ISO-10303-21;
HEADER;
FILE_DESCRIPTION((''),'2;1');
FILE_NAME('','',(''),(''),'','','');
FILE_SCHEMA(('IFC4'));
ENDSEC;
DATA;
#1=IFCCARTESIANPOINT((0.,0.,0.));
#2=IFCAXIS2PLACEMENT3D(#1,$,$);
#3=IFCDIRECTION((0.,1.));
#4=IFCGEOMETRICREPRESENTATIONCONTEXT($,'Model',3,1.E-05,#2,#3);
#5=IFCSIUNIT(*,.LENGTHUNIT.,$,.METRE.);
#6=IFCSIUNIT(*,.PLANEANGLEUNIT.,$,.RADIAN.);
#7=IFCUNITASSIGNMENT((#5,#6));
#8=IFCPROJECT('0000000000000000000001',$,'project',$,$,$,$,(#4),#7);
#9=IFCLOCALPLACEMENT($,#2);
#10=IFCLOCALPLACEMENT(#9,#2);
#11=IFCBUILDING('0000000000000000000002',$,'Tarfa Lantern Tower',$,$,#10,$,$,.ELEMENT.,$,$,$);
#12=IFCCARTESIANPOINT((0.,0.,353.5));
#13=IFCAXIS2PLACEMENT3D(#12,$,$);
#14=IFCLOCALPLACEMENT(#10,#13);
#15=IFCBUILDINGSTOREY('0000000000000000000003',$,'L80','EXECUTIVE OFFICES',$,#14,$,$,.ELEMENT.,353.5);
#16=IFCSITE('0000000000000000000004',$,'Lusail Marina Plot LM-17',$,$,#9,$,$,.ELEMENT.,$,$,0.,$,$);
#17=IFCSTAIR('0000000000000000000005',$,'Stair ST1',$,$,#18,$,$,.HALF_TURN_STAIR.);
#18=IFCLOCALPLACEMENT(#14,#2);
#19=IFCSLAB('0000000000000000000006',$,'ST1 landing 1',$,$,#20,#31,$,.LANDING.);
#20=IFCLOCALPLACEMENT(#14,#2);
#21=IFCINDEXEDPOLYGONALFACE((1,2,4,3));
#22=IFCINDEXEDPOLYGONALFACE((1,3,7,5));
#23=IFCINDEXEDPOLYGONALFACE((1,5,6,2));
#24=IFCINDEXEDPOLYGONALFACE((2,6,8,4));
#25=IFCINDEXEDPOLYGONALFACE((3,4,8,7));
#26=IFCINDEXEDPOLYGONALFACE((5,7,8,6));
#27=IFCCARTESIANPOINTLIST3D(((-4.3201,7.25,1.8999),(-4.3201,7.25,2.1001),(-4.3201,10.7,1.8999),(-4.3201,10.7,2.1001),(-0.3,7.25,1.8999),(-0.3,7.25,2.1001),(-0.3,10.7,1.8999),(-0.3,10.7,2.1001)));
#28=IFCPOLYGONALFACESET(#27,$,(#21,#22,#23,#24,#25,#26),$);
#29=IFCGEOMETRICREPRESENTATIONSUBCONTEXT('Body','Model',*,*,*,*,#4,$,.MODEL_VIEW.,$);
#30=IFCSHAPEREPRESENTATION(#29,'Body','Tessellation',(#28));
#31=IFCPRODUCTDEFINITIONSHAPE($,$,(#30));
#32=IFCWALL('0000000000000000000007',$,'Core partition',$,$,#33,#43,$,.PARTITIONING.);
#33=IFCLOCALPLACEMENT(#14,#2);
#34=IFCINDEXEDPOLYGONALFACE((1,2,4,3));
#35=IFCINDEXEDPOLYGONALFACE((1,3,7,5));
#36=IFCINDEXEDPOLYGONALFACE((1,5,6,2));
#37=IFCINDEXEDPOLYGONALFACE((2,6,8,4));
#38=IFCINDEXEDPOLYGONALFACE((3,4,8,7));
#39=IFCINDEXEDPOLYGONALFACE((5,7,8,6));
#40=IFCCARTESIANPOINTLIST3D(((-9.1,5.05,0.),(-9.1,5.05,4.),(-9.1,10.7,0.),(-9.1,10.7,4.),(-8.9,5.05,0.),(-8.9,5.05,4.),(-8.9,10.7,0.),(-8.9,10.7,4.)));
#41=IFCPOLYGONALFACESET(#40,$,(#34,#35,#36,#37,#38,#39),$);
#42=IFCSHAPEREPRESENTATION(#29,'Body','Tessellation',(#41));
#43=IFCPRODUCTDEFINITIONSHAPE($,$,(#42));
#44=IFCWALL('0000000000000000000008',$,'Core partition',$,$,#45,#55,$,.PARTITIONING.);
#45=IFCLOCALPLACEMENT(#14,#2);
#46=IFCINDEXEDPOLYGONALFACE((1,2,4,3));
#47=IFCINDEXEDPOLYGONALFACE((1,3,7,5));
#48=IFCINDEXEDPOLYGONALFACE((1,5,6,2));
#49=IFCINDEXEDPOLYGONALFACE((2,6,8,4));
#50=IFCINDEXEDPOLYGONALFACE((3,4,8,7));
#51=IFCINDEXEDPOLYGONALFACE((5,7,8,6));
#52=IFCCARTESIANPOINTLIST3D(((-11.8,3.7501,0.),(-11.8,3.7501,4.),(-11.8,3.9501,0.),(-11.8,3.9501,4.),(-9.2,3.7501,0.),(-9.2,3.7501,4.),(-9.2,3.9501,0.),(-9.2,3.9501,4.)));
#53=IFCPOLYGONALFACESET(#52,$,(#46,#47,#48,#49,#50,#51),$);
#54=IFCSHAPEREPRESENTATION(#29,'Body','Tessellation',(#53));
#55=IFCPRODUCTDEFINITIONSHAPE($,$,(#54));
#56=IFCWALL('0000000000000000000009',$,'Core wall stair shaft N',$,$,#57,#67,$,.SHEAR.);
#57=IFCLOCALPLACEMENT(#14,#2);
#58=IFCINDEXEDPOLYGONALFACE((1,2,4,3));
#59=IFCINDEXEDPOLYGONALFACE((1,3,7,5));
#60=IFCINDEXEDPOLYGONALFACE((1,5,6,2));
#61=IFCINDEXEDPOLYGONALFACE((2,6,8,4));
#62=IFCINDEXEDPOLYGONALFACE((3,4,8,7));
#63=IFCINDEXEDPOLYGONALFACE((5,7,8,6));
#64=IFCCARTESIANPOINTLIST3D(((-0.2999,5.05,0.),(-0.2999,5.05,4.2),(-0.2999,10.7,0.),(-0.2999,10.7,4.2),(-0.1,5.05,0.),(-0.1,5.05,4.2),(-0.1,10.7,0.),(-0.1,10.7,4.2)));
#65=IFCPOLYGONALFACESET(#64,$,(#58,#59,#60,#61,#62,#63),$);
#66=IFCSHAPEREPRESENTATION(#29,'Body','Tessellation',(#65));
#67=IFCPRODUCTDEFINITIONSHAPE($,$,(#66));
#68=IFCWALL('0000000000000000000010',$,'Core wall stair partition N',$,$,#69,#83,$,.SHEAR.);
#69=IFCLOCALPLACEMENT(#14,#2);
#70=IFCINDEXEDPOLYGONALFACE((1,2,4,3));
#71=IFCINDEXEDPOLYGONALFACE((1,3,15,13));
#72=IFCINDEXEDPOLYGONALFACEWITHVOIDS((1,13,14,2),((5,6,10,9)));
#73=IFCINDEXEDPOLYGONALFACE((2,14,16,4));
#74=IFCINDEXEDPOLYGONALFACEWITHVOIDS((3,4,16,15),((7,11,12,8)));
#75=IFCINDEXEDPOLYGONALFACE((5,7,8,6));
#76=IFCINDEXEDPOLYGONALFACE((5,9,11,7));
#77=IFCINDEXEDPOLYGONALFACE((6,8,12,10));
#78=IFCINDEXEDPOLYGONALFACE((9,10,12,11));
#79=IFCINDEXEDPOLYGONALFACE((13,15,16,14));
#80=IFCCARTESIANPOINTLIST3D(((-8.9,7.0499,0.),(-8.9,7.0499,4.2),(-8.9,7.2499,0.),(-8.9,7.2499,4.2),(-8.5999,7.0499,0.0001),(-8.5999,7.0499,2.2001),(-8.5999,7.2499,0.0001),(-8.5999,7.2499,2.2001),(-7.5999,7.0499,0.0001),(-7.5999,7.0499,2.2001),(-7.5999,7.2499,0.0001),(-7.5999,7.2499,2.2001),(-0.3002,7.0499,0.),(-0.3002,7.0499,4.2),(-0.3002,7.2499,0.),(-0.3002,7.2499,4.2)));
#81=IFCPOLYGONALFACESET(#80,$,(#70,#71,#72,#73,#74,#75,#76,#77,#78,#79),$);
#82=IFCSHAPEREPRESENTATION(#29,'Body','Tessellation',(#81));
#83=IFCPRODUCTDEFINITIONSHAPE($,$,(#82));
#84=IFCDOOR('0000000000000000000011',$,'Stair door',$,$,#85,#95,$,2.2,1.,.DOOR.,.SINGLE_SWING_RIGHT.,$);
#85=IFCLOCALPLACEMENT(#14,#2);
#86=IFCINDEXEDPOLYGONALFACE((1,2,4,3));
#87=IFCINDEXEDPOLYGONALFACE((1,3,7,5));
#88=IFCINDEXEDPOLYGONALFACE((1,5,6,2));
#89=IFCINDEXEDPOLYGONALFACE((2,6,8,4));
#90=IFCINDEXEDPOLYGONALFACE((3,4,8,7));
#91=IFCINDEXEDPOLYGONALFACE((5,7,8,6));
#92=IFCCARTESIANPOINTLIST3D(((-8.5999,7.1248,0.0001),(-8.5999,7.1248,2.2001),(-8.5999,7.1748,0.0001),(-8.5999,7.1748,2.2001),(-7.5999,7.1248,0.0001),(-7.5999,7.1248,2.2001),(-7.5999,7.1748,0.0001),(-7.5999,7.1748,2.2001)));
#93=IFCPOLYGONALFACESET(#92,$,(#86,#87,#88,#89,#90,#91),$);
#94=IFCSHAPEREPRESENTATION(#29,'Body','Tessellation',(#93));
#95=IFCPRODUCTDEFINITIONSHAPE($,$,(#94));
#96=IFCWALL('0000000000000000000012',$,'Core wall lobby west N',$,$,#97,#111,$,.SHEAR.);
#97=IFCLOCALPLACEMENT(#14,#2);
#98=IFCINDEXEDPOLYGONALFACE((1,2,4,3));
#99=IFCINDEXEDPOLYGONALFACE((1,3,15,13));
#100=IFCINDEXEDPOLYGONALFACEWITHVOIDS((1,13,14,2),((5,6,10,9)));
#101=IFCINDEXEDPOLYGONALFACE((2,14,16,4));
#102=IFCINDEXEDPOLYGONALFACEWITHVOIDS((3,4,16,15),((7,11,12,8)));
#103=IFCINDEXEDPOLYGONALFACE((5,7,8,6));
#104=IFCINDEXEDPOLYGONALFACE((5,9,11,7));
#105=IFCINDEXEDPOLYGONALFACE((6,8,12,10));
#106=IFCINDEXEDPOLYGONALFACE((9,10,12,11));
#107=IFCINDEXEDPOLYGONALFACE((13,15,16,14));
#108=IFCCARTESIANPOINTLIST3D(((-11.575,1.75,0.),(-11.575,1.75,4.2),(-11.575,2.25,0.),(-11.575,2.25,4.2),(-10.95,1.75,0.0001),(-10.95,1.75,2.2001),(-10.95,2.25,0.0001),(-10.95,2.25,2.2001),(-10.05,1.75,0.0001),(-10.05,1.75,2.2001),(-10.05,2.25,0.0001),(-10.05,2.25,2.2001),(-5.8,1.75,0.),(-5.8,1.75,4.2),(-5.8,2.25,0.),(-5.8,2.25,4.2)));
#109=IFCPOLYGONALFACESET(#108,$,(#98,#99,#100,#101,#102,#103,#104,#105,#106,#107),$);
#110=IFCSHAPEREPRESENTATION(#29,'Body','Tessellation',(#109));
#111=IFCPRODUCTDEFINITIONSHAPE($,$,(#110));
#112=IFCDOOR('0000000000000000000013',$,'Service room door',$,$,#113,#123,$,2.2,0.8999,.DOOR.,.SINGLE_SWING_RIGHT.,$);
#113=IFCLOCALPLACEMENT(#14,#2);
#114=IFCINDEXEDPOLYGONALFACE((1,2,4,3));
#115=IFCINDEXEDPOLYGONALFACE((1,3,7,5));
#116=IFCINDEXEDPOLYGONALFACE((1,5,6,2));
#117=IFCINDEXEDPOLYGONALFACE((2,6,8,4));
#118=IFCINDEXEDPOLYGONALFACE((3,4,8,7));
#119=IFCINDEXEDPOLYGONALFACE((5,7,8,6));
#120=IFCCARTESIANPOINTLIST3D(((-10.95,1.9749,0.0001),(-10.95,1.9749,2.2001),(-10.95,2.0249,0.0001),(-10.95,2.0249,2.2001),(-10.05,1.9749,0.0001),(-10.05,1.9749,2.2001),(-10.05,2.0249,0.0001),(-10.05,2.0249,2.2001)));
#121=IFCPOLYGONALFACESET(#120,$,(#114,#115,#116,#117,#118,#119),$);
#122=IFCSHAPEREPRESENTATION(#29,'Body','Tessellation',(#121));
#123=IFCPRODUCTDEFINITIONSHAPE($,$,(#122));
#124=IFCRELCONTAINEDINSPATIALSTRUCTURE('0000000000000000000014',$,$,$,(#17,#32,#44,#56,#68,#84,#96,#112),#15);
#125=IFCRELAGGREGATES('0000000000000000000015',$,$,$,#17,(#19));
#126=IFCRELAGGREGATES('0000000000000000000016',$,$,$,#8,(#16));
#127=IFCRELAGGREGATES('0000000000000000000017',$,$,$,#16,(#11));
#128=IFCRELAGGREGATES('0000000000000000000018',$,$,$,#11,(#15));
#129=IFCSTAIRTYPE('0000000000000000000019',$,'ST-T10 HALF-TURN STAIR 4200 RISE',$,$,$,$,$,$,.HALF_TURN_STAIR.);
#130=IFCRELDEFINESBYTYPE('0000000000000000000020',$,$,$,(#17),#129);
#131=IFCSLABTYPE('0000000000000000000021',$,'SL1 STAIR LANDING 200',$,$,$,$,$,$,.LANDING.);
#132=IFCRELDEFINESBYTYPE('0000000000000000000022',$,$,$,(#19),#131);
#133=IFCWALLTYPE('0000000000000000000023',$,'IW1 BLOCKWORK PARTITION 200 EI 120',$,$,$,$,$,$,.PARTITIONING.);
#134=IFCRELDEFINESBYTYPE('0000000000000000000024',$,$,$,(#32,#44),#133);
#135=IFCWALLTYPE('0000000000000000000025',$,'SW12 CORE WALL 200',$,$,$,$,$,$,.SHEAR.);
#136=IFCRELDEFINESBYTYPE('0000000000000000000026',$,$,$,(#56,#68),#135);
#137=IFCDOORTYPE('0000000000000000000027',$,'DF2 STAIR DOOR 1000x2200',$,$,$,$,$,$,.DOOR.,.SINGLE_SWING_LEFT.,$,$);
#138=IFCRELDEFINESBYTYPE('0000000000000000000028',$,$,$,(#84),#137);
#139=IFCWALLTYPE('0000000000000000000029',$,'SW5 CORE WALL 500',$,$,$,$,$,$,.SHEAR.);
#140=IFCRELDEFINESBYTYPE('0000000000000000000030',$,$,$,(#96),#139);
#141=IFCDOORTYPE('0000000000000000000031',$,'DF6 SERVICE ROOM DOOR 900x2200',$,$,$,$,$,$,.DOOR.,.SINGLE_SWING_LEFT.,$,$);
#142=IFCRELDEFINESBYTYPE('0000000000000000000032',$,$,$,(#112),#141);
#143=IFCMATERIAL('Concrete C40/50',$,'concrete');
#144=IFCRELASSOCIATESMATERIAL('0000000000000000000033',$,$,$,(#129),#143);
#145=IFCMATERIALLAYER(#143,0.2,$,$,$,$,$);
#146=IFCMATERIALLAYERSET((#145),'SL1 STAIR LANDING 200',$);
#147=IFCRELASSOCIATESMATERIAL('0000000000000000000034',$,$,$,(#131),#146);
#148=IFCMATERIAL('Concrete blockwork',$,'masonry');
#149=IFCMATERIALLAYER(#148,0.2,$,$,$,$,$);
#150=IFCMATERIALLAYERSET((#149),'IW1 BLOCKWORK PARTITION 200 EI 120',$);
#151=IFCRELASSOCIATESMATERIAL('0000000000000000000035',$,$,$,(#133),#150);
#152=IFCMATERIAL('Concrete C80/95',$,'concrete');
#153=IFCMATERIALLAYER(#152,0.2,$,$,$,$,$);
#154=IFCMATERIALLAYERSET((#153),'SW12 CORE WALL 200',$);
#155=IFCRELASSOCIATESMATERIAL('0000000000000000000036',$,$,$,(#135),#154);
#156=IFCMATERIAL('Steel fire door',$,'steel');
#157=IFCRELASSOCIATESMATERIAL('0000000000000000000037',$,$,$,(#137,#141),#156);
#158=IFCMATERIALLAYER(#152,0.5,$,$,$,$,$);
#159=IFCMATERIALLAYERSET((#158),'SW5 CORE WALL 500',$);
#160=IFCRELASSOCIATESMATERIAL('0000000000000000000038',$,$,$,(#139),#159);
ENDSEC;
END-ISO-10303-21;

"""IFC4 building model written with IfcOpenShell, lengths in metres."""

from ifc_helpers import new_model, si_unit, direction, frame, frame_2d, origin, place, context, subcontext, project, spatial, polyline, rectangle, outline, extrude, material, layer, layer_set, type_object, element, fill, aggregate, save


model = new_model("IFC4")

# Units and contexts
model_context = context("Model", 3, precision=1e-05, world=origin(), true_north=direction((0.0, 1.0)))
body_context = subcontext(model_context, "Body", "Model", "MODEL_VIEW")
ifc_project = project(units=[si_unit("LENGTHUNIT", "METRE"), si_unit("PLANEANGLEUNIT", "RADIAN")], contexts=[model_context])

# Site, building, storey
site_placement = place(None, origin())
site = spatial("IfcSite", under=ifc_project, at=site_placement, Name="Lusail Marina Plot LM-17", CompositionType="ELEMENT", RefElevation=0.0)
building_placement = place(site_placement, origin())
building = spatial("IfcBuilding", under=site, at=building_placement, Name="Tarfa Lantern Tower", CompositionType="ELEMENT")
storey_placement = place(building_placement, frame((0.0, 0.0, 353.5)))
storey = spatial("IfcBuildingStorey", under=building, at=storey_placement, Name="L80", Description="EXECUTIVE OFFICES", CompositionType="ELEMENT", Elevation=353.5)

# Stair, slab
ifc_material_1 = material(Name="Concrete C40/50", Category="concrete")
stair_type = type_object("IfcStairType", Name="ST-T10 HALF-TURN STAIR 4200 RISE", PredefinedType="HALF_TURN_STAIR", material=ifc_material_1)
stair_placement = place(storey_placement, origin())
stair = element("IfcStair", 1, at=stair_placement, inside=storey, type_object=stair_type, Name="Stair ST1", PredefinedType="HALF_TURN_STAIR")
ifc_layer_1 = layer(ifc_material_1, 0.2)
ifc_layer_set_1 = layer_set([ifc_layer_1], Name="SL1 STAIR LANDING 200")
slab_type = type_object("IfcSlabType", Name="SL1 STAIR LANDING 200", PredefinedType="LANDING", material=ifc_layer_set_1)
slab_placement = place(storey_placement, frame((0.0, 0.0, 1.8999)))
slab = element("IfcSlab", 2, at=slab_placement, type_object=slab_type, Name="ST1 landing 1", PredefinedType="LANDING", context=body_context, shape_type="SweptSolid", body=[
    extrude(outline(polyline([(-4.3201, 7.25), (-0.3, 7.25), (-0.3, 10.7), (-4.3201, 10.7), (-4.3201, 7.25)])), origin(), (0.0, 0.0, 1.0), 0.2002),
])
aggregate(stair, [slab])

# Walls
ifc_material_2 = material(Name="Concrete blockwork", Category="masonry")
ifc_layer_2 = layer(ifc_material_2, 0.2)
ifc_layer_set_2 = layer_set([ifc_layer_2], Name="IW1 BLOCKWORK PARTITION 200 EI 120")
wall_type_1 = type_object("IfcWallType", Name="IW1 BLOCKWORK PARTITION 200 EI 120", PredefinedType="PARTITIONING", material=ifc_layer_set_2)
wall_1_placement = place(storey_placement, frame((-9.0, 5.05, 0.0), z_axis=(0.0, 0.0, 1.0), x_axis=(0.0, 1.0, 0.0)))
element("IfcWall", 3, at=wall_1_placement, inside=storey, type_object=wall_type_1, Name="Core partition", PredefinedType="PARTITIONING", context=body_context, shape_type="SweptSolid", body=[
    extrude(rectangle(XDim=5.6499, YDim=0.2, at=frame_2d((2.825, 0.0))), origin(), (0.0, 0.0, 1.0), 4.0),
])
wall_2_placement = place(storey_placement, frame((-11.8, 3.8501, 0.0), z_axis=(0.0, 0.0, 1.0), x_axis=(1.0, 0.0, 0.0)))
element("IfcWall", 4, at=wall_2_placement, inside=storey, type_object=wall_type_1, Name="Core partition", PredefinedType="PARTITIONING", context=body_context, shape_type="SweptSolid", body=[
    extrude(rectangle(XDim=2.6001, YDim=0.2, at=frame_2d((1.3, 0.0))), origin(), (0.0, 0.0, 1.0), 4.0),
])
ifc_material_3 = material(Name="Concrete C80/95", Category="concrete")
ifc_layer_3 = layer(ifc_material_3, 0.2)
ifc_layer_set_3 = layer_set([ifc_layer_3], Name="SW12 CORE WALL 200")
wall_type_2 = type_object("IfcWallType", Name="SW12 CORE WALL 200", PredefinedType="SHEAR", material=ifc_layer_set_3)
wall_3_placement = place(storey_placement, frame((-0.2, 5.05, 0.0), z_axis=(0.0, 0.0, 1.0), x_axis=(0.0, 1.0, 0.0)))
element("IfcWall", 5, at=wall_3_placement, inside=storey, type_object=wall_type_2, Name="Core wall stair shaft N", PredefinedType="SHEAR", context=body_context, shape_type="SweptSolid", body=[
    extrude(rectangle(XDim=5.6499, YDim=0.2, at=frame_2d((2.825, 0.0))), origin(), (0.0, 0.0, 1.0), 4.2),
])

# Walls, openings, doors
wall_4_placement = place(storey_placement, frame((-8.8999, 7.1499, 0.0), z_axis=(0.0, 0.0, 1.0), x_axis=(1.0, 0.0, 0.0)))
wall_4 = element("IfcWall", 6, at=wall_4_placement, inside=storey, type_object=wall_type_2, Name="Core wall stair partition N", PredefinedType="SHEAR", context=body_context, shape_type="SweptSolid", body=[
    extrude(rectangle(XDim=8.5999, YDim=0.2, at=frame_2d((4.2998, 0.0))), origin(), (0.0, 0.0, 1.0), 4.2),
])
opening_1_placement = place(wall_4_placement, frame((0.3, 0.0, 0.0)))
opening_1 = element("IfcOpeningElement", 7, at=opening_1_placement, cuts=wall_4, PredefinedType="OPENING", context=body_context, shape_type="SweptSolid", body=[
    extrude(rectangle(XDim=1.0, YDim=2.2, at=frame_2d((0.5, 1.1001))), frame((0.0, 0.1099, 0.0), z_axis=(0.0, -1.0, 0.0), x_axis=(1.0, 0.0, 0.0)), (0.0, 0.0, 1.0), 0.22),
])
ifc_material_4 = material(Name="Steel fire door", Category="steel")
door_type_1 = type_object("IfcDoorType", Name="DF2 STAIR DOOR 1000x2200", OperationType="SINGLE_SWING_LEFT", PredefinedType="DOOR", material=ifc_material_4)
door_1_placement = place(opening_1_placement, origin())
door_1 = element("IfcDoor", 8, at=door_1_placement, inside=storey, type_object=door_type_1, Name="Stair door", OperationType="SINGLE_SWING_RIGHT", OverallHeight=2.2, OverallWidth=1.0, PredefinedType="DOOR", context=body_context, shape_type="SweptSolid", body=[
    extrude(rectangle(XDim=1.0, YDim=2.2, at=frame_2d((0.5, 1.1001))), frame((0.0, 0.0249, 0.0), z_axis=(0.0, -1.0, 0.0), x_axis=(1.0, 0.0, 0.0)), (0.0, 0.0, 1.0), 0.05),
])
fill(opening_1, door_1)
ifc_layer_4 = layer(ifc_material_3, 0.5)
ifc_layer_set_4 = layer_set([ifc_layer_4], Name="SW5 CORE WALL 500")
wall_type_3 = type_object("IfcWallType", Name="SW5 CORE WALL 500", PredefinedType="SHEAR", material=ifc_layer_set_4)
wall_5_placement = place(storey_placement, frame((-11.575, 2.0, 0.0), z_axis=(0.0, 0.0, 1.0), x_axis=(1.0, 0.0, 0.0)))
wall_5 = element("IfcWall", 9, at=wall_5_placement, inside=storey, type_object=wall_type_3, Name="Core wall lobby west N", PredefinedType="SHEAR", context=body_context, shape_type="SweptSolid", body=[
    extrude(rectangle(XDim=5.7749, YDim=0.5, at=frame_2d((2.8875, 0.0))), origin(), (0.0, 0.0, 1.0), 4.2),
])
opening_2_placement = place(wall_5_placement, frame((0.625, 0.0, 0.0)))
opening_2 = element("IfcOpeningElement", 10, at=opening_2_placement, cuts=wall_5, PredefinedType="OPENING", context=body_context, shape_type="SweptSolid", body=[
    extrude(rectangle(XDim=0.8999, YDim=2.2, at=frame_2d((0.45, 1.1001))), frame((0.0, 0.26, 0.0), z_axis=(0.0, -1.0, 0.0), x_axis=(1.0, 0.0, 0.0)), (0.0, 0.0, 1.0), 0.52),
])
door_type_2 = type_object("IfcDoorType", Name="DF6 SERVICE ROOM DOOR 900x2200", OperationType="SINGLE_SWING_LEFT", PredefinedType="DOOR", material=ifc_material_4)
door_2_placement = place(opening_2_placement, origin())
door_2 = element("IfcDoor", 11, at=door_2_placement, inside=storey, type_object=door_type_2, Name="Service room door", OperationType="SINGLE_SWING_RIGHT", OverallHeight=2.2, OverallWidth=0.8999, PredefinedType="DOOR", context=body_context, shape_type="SweptSolid", body=[
    extrude(rectangle(XDim=0.8999, YDim=2.2, at=frame_2d((0.45, 1.1001))), frame((0.0, 0.0249, 0.0), z_axis=(0.0, -1.0, 0.0), x_axis=(1.0, 0.0, 0.0)), (0.0, 0.0, 1.0), 0.05),
])
fill(opening_2, door_2)

save(model, "model.ifc")
